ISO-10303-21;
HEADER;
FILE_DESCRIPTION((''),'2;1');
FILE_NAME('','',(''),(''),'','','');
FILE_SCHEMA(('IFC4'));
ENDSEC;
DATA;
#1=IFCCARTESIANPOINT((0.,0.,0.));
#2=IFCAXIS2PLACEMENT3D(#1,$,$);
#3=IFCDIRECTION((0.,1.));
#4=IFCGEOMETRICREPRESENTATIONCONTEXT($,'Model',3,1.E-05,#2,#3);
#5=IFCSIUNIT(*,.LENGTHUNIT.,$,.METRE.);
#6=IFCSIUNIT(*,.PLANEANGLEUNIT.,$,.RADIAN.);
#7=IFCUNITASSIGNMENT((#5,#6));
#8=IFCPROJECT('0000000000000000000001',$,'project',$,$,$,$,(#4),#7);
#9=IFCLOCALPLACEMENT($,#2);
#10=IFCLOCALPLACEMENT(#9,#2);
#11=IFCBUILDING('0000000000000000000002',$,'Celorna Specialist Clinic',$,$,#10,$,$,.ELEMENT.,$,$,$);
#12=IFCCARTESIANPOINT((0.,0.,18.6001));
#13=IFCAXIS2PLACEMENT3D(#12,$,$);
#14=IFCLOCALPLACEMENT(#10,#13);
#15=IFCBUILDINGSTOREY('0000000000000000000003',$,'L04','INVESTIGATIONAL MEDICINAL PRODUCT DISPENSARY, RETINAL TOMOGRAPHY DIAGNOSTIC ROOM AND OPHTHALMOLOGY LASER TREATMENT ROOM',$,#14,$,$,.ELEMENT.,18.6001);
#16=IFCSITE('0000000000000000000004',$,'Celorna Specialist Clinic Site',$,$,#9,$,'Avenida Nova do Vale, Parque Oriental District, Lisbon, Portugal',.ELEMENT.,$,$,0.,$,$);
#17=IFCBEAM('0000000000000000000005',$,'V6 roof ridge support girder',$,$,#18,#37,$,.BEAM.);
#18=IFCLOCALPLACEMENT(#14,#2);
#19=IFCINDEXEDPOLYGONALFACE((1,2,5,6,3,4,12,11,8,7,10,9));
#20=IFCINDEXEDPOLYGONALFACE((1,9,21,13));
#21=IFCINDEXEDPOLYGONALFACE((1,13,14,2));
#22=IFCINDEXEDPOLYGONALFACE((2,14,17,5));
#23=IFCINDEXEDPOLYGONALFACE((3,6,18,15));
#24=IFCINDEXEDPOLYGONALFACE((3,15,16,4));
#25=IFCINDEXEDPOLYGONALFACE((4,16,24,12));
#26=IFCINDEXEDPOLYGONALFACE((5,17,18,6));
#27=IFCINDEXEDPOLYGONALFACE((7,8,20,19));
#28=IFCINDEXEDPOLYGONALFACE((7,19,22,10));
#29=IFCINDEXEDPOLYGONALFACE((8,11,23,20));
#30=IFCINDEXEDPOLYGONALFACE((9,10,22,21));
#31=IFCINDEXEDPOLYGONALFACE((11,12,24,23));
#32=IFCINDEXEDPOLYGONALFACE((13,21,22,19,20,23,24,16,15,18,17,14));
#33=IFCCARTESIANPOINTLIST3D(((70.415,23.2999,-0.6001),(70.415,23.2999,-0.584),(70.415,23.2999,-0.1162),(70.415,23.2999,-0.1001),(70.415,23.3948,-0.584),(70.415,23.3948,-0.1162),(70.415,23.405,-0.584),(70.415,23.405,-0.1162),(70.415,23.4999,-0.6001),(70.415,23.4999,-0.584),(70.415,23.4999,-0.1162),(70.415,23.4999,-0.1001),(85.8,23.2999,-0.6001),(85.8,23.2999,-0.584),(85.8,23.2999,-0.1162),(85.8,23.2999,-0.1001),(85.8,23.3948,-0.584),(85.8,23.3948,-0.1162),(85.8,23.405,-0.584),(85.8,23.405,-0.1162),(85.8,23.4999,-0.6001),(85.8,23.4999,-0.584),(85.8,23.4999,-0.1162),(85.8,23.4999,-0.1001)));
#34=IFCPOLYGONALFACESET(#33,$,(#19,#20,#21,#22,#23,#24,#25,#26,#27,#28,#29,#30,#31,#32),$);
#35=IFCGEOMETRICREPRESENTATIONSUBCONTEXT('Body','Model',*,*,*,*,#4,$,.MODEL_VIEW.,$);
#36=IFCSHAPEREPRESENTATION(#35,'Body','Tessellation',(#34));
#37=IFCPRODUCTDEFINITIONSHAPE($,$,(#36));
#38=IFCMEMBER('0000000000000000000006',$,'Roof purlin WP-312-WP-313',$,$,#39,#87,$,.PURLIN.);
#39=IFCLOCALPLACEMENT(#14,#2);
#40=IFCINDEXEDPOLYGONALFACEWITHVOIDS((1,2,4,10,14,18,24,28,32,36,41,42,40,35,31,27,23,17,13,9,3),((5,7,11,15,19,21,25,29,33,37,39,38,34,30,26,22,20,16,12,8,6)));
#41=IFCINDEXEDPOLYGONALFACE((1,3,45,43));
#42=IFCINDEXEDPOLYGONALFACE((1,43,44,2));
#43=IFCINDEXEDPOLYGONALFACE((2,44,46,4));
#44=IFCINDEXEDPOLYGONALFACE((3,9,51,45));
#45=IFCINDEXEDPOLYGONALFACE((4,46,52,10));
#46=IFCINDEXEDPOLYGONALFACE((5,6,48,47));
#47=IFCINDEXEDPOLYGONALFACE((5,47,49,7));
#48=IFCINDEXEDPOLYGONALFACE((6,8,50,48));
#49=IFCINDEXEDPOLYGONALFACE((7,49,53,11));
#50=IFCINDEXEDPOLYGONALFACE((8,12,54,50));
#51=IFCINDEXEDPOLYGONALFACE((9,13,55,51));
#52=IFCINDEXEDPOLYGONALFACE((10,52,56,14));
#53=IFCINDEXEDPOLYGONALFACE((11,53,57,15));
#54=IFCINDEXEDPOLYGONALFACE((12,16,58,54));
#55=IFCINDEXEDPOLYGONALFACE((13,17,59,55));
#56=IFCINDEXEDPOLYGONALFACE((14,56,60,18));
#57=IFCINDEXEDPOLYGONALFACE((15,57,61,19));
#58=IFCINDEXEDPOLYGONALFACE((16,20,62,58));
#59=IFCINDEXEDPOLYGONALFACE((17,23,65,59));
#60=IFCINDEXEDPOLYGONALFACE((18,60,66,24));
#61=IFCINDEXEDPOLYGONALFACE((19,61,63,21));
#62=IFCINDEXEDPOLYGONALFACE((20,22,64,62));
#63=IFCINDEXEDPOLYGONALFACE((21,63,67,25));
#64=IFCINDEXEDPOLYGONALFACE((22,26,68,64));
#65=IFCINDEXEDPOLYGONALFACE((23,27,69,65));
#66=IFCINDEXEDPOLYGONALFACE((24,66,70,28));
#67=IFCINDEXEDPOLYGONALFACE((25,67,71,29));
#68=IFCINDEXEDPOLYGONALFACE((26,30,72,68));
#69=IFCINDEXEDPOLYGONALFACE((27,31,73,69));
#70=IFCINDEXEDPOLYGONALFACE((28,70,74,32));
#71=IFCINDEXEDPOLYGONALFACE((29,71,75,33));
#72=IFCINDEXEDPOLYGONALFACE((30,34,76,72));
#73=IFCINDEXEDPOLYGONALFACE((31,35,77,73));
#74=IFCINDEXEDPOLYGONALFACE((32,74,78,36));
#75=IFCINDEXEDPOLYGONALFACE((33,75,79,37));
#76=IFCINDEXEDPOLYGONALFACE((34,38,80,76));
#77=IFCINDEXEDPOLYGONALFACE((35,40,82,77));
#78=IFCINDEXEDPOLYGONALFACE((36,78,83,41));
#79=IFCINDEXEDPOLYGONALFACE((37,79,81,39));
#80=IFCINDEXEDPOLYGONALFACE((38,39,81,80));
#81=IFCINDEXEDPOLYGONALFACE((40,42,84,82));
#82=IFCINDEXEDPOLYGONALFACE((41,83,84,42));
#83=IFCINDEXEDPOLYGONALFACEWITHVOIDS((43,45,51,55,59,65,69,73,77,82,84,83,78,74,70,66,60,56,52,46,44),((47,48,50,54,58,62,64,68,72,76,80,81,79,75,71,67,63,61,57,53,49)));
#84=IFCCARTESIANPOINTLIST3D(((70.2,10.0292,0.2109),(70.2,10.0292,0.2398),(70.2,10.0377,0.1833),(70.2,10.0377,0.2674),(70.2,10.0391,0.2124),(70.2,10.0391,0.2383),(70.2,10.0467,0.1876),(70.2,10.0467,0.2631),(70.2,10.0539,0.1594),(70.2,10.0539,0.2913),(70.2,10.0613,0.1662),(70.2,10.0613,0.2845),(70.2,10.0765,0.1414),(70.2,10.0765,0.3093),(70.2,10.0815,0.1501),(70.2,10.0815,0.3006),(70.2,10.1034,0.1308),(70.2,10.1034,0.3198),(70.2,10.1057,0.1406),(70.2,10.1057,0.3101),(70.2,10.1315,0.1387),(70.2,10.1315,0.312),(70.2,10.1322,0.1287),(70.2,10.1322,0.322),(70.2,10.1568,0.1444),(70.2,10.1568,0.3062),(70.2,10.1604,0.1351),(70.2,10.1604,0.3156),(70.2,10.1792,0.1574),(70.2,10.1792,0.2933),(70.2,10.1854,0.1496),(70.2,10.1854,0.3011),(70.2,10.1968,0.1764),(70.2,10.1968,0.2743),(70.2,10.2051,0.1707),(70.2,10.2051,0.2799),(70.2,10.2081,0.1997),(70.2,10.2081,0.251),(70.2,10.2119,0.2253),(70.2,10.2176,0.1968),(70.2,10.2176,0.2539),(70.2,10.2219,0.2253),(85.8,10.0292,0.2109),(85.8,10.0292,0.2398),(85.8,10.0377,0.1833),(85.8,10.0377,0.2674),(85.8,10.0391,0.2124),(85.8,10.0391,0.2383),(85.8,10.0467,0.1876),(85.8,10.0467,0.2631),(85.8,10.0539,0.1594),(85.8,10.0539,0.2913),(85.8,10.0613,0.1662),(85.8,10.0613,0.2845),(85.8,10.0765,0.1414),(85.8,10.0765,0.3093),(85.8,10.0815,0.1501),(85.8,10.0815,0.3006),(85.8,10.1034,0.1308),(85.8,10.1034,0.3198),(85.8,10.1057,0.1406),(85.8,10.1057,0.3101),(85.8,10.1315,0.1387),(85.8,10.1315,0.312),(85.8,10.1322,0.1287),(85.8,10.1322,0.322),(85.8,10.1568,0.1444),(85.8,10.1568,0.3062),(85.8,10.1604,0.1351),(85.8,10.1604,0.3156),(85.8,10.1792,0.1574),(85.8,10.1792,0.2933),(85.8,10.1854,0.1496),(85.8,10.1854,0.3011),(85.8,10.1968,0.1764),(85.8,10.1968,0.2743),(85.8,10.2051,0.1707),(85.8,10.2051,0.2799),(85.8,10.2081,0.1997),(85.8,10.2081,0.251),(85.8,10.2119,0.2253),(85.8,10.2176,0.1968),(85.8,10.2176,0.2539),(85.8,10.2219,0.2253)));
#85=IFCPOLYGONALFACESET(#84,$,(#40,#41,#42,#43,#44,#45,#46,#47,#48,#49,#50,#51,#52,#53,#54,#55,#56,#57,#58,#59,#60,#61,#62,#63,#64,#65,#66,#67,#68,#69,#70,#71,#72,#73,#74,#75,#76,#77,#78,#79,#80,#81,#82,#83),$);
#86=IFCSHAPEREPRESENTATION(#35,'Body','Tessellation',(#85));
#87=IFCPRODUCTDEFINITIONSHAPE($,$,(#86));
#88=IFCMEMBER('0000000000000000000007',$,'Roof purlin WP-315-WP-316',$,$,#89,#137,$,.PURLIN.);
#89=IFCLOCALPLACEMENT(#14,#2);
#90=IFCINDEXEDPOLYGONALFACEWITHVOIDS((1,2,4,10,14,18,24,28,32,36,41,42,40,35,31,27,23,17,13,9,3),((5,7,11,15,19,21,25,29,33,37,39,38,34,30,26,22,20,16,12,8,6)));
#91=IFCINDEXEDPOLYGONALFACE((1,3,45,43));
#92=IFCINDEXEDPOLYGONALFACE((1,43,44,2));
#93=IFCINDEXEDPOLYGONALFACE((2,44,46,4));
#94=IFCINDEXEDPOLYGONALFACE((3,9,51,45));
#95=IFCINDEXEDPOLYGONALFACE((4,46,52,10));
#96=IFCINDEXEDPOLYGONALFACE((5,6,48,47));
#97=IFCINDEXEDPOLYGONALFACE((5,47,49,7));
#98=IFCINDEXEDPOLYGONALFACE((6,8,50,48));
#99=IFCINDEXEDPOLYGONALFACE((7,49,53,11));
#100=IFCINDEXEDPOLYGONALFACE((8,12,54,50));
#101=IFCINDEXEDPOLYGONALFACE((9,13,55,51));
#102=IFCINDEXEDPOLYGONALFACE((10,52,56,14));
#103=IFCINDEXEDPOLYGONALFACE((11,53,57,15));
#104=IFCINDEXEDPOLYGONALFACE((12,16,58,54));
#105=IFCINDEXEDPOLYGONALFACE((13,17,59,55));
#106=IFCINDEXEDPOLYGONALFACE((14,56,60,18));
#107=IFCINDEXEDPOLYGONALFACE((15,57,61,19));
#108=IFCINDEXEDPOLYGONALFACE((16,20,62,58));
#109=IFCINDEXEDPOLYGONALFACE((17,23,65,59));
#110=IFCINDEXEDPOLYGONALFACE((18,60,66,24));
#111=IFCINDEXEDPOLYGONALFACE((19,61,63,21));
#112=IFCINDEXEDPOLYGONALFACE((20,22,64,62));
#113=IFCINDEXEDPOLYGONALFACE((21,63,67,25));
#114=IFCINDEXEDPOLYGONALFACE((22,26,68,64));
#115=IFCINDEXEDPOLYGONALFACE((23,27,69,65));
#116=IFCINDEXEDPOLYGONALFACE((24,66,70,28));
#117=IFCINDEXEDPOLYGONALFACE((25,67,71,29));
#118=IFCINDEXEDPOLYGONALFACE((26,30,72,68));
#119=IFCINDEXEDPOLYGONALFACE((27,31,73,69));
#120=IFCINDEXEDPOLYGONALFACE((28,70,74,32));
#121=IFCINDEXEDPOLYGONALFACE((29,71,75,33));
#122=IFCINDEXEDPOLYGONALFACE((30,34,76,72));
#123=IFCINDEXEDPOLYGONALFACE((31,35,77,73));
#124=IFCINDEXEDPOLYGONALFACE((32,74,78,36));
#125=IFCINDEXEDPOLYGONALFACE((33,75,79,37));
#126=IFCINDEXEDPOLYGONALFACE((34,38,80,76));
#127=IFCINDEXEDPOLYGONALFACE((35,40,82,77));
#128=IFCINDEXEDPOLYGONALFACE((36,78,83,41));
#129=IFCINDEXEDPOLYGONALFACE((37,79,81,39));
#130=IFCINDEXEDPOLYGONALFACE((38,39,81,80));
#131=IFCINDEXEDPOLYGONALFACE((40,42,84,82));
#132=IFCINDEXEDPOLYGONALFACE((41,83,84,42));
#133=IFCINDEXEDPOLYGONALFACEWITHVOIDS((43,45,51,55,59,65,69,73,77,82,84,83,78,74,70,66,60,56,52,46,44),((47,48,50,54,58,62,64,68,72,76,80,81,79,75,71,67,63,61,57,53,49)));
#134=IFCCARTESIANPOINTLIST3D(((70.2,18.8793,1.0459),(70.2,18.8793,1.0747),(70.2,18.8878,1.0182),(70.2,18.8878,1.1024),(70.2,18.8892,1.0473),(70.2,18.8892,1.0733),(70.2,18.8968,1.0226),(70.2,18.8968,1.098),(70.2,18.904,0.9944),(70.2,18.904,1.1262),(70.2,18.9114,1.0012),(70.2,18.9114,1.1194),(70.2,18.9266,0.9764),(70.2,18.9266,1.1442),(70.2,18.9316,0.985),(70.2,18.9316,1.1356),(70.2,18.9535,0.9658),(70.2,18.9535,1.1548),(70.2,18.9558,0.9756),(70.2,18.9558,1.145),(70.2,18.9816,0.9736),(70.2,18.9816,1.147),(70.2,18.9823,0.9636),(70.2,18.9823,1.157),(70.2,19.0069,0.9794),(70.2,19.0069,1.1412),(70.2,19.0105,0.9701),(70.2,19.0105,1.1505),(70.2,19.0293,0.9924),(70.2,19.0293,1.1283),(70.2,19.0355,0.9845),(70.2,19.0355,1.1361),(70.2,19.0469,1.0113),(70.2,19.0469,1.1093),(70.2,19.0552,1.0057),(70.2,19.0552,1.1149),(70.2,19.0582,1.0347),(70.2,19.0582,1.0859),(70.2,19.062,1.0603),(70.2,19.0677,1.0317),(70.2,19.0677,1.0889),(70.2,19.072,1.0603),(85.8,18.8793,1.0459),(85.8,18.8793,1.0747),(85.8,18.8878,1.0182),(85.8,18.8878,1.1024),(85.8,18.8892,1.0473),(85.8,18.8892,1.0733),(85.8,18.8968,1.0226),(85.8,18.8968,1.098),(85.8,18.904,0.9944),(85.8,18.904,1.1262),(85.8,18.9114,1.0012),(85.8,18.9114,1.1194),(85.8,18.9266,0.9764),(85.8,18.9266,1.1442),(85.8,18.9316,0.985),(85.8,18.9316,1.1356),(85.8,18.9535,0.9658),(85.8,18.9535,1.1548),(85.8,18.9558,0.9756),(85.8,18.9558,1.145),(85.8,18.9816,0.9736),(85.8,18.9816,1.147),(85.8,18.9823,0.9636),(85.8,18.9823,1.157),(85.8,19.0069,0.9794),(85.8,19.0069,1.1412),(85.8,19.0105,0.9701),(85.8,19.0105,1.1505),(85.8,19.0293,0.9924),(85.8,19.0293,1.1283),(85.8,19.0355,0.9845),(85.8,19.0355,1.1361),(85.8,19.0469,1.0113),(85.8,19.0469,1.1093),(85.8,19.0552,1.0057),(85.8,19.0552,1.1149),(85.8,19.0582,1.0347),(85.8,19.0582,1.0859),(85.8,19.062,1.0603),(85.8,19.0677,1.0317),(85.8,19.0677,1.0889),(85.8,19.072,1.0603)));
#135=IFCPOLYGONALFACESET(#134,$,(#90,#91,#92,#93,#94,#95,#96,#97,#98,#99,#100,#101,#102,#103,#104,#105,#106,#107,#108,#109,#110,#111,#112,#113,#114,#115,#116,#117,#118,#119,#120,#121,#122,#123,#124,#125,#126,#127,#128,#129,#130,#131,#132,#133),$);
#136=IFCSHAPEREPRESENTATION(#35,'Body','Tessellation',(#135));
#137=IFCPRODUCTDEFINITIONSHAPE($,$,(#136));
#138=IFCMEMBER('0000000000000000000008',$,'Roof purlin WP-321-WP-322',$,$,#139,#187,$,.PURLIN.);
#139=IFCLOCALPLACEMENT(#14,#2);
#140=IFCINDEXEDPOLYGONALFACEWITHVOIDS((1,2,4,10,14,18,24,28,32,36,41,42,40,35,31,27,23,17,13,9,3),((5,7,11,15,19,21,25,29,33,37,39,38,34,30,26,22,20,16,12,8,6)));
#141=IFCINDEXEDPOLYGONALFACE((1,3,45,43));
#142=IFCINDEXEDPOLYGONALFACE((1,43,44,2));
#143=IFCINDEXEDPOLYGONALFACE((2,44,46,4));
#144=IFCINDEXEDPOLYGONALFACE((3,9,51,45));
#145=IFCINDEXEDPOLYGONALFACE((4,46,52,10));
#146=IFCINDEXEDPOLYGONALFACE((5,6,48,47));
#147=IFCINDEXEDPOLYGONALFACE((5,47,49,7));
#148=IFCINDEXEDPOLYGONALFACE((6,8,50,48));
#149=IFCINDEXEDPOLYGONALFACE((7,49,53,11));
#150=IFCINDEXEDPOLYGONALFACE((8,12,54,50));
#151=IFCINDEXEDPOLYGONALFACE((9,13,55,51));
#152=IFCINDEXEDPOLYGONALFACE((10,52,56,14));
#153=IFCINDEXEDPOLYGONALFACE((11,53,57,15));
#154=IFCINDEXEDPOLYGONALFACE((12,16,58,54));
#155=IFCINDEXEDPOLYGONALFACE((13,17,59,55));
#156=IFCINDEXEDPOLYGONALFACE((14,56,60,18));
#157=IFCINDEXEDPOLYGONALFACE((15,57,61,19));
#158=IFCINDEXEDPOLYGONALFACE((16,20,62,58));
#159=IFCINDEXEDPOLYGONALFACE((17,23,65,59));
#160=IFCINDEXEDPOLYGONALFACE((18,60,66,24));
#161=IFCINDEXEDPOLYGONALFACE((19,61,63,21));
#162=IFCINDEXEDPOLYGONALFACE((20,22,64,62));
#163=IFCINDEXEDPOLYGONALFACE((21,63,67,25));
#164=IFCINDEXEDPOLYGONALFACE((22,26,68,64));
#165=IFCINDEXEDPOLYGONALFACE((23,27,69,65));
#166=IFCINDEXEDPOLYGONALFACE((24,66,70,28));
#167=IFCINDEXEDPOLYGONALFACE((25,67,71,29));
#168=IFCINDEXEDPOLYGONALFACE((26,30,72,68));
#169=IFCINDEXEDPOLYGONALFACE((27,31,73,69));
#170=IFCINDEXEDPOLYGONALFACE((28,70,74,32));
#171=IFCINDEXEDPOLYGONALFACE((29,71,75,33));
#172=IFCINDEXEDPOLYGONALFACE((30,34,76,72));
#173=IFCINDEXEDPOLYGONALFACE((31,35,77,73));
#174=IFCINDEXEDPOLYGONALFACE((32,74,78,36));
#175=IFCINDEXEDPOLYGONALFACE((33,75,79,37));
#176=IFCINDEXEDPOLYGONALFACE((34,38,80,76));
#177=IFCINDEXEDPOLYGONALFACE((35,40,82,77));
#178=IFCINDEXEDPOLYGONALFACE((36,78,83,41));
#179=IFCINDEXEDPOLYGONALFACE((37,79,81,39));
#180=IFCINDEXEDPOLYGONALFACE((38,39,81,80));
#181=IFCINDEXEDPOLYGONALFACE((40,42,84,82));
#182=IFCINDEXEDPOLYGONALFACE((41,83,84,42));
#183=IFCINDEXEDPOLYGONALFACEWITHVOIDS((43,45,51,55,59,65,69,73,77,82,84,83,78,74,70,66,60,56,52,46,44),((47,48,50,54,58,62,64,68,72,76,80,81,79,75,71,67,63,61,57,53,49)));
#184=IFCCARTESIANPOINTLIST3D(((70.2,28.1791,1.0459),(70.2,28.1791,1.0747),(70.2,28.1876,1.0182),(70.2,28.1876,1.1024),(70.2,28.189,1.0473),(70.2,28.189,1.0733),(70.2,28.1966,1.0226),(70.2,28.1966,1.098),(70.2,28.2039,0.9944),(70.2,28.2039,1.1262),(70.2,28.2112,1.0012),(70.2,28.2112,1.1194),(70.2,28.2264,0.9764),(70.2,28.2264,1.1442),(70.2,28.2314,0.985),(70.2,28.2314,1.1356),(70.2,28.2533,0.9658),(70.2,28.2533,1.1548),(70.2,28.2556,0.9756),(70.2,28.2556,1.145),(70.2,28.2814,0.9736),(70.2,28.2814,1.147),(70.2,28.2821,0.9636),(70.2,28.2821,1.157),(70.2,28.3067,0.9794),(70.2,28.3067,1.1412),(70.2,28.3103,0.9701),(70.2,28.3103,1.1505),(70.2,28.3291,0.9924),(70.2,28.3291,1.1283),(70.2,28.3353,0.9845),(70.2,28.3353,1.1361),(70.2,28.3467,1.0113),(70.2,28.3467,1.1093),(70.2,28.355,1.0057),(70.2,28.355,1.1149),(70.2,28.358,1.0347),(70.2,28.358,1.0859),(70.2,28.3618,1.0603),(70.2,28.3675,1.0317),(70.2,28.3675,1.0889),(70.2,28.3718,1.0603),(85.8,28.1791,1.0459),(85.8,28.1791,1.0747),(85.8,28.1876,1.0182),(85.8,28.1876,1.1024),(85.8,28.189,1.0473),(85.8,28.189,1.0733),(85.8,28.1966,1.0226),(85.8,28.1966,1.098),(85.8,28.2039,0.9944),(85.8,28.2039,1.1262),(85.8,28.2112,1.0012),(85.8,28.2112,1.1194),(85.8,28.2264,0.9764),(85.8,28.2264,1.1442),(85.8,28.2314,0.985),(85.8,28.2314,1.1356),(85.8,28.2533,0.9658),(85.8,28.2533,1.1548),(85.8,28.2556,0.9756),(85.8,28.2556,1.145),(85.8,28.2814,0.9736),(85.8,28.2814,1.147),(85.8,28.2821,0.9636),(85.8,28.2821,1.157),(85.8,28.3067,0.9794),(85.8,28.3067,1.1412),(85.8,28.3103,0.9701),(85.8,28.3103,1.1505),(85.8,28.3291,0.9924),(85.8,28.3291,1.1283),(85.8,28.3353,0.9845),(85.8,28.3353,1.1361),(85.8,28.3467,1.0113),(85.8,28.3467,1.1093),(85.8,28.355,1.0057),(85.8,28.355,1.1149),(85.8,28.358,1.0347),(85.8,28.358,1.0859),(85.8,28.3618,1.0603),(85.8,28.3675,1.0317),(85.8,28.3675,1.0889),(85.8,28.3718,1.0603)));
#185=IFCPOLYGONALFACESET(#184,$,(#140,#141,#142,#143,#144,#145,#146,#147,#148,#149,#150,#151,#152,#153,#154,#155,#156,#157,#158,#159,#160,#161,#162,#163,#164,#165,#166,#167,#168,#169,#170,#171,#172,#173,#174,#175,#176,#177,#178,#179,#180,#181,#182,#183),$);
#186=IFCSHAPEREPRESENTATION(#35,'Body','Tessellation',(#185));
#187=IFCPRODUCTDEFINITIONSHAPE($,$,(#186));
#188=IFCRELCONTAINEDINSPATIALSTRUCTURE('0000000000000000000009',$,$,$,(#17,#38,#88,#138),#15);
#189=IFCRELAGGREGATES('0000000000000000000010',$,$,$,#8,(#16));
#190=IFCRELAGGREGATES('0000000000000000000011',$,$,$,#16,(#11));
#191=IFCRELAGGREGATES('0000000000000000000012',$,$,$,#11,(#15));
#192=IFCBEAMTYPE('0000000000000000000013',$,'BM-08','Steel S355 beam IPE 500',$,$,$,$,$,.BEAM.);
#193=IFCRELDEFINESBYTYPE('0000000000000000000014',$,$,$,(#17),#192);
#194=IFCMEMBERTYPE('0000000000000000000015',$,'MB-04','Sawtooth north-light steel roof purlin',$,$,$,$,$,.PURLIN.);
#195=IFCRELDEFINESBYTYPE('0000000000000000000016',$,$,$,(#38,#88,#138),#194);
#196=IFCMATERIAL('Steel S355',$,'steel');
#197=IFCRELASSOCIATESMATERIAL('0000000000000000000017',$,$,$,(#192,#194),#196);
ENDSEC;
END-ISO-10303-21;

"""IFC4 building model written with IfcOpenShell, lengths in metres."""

from ifc_helpers import new_model, si_unit, direction, frame, origin, origin_2d, place, context, subcontext, project, spatial, hollow_circle, i_section, extrude, material, material_profile, profile_set, type_object, element, save


model = new_model("IFC4")

# Units and contexts
model_context = context("Model", 3, precision=1e-05, world=origin(), true_north=direction((0.0, 1.0)))
body_context = subcontext(model_context, "Body", "Model", "MODEL_VIEW")
ifc_project = project(units=[si_unit("LENGTHUNIT", "METRE"), si_unit("PLANEANGLEUNIT", "RADIAN")], contexts=[model_context])

# Site, building, storey
site_placement = place(None, origin())
site = spatial("IfcSite", under=ifc_project, at=site_placement, Name="Celorna Specialist Clinic Site", LongName="Avenida Nova do Vale, Parque Oriental District, Lisbon, Portugal", CompositionType="ELEMENT", RefElevation=0.0)
building_placement = place(site_placement, origin())
building = spatial("IfcBuilding", under=site, at=building_placement, Name="Celorna Specialist Clinic", CompositionType="ELEMENT")
storey_placement = place(building_placement, frame((0.0, 0.0, 18.6001)))
storey = spatial("IfcBuildingStorey", under=building, at=storey_placement, Name="L04", Description="INVESTIGATIONAL MEDICINAL PRODUCT DISPENSARY, RETINAL TOMOGRAPHY DIAGNOSTIC ROOM AND OPHTHALMOLOGY LASER TREATMENT ROOM", CompositionType="ELEMENT", Elevation=18.6001)

# Beam
ifc_material = material(Name="Steel S355", Category="steel")
ifc_material_profile_1 = material_profile(ifc_material, i_section(OverallWidth=0.2, OverallDepth=0.5, WebThickness=0.0103, FlangeThickness=0.0161, at=origin_2d()), Name="IPE 500")
ifc_profile_set_1 = profile_set([ifc_material_profile_1], Name="Steel S355")
beam_type_1 = type_object("IfcBeamType", Name="BM-08", Description="Steel S355 beam IPE 500", PredefinedType="BEAM", material=ifc_profile_set_1)
beam_1_placement = place(storey_placement, frame((70.415, 23.3999, -0.3501), z_axis=(1.0, 0.0, 0.0), x_axis=(0.0, 1.0, 0.0)))
element("IfcBeam", 1, at=beam_1_placement, inside=storey, type_object=beam_type_1, Name="V6 roof ridge support girder", PredefinedType="BEAM", context=body_context, shape_type="SweptSolid", body=[
    extrude(i_section(OverallWidth=0.2, OverallDepth=0.5, WebThickness=0.0103, FlangeThickness=0.0161, at=origin_2d()), origin(), (0.0, 0.0, 1.0), 15.385),
])

# Members
ifc_material_profile_2 = material_profile(ifc_material, hollow_circle(Radius=0.0969, WallThickness=0.01, at=origin_2d()), Name="CHS 193.7x10")
ifc_profile_set_2 = profile_set([ifc_material_profile_2], Name="Steel S355")
member_type_1 = type_object("IfcMemberType", Name="MB-04", Description="Sawtooth north-light steel roof purlin", PredefinedType="PURLIN", material=ifc_profile_set_2)
for number, where, z_axis, x_axis, name in (
    (2, (70.2, 10.125, 0.2253), (1.0, 0.0, 0.0), (0.0, 1.0, 0.0), "Roof purlin WP-312-WP-313"),
    (3, (70.2, 18.9751, 1.0603), (1.0, 0.0, 0.0), (0.0, 1.0, 0.0), "Roof purlin WP-315-WP-316"),
    (4, (70.2, 28.2749, 1.0603), (1.0, 0.0, 0.0), (0.0, 1.0, 0.0), "Roof purlin WP-321-WP-322"),
):
    element("IfcMember", number, at=place(storey_placement, frame(where, z_axis=z_axis, x_axis=x_axis)), inside=storey, type_object=member_type_1, Name=name, PredefinedType="PURLIN", context=body_context, shape_type="SweptSolid", body=[
        extrude(hollow_circle(Radius=0.0969, WallThickness=0.01, at=origin_2d()), origin(), (0.0, 0.0, 1.0), 15.6001),
    ])

save(model, "model.ifc")
